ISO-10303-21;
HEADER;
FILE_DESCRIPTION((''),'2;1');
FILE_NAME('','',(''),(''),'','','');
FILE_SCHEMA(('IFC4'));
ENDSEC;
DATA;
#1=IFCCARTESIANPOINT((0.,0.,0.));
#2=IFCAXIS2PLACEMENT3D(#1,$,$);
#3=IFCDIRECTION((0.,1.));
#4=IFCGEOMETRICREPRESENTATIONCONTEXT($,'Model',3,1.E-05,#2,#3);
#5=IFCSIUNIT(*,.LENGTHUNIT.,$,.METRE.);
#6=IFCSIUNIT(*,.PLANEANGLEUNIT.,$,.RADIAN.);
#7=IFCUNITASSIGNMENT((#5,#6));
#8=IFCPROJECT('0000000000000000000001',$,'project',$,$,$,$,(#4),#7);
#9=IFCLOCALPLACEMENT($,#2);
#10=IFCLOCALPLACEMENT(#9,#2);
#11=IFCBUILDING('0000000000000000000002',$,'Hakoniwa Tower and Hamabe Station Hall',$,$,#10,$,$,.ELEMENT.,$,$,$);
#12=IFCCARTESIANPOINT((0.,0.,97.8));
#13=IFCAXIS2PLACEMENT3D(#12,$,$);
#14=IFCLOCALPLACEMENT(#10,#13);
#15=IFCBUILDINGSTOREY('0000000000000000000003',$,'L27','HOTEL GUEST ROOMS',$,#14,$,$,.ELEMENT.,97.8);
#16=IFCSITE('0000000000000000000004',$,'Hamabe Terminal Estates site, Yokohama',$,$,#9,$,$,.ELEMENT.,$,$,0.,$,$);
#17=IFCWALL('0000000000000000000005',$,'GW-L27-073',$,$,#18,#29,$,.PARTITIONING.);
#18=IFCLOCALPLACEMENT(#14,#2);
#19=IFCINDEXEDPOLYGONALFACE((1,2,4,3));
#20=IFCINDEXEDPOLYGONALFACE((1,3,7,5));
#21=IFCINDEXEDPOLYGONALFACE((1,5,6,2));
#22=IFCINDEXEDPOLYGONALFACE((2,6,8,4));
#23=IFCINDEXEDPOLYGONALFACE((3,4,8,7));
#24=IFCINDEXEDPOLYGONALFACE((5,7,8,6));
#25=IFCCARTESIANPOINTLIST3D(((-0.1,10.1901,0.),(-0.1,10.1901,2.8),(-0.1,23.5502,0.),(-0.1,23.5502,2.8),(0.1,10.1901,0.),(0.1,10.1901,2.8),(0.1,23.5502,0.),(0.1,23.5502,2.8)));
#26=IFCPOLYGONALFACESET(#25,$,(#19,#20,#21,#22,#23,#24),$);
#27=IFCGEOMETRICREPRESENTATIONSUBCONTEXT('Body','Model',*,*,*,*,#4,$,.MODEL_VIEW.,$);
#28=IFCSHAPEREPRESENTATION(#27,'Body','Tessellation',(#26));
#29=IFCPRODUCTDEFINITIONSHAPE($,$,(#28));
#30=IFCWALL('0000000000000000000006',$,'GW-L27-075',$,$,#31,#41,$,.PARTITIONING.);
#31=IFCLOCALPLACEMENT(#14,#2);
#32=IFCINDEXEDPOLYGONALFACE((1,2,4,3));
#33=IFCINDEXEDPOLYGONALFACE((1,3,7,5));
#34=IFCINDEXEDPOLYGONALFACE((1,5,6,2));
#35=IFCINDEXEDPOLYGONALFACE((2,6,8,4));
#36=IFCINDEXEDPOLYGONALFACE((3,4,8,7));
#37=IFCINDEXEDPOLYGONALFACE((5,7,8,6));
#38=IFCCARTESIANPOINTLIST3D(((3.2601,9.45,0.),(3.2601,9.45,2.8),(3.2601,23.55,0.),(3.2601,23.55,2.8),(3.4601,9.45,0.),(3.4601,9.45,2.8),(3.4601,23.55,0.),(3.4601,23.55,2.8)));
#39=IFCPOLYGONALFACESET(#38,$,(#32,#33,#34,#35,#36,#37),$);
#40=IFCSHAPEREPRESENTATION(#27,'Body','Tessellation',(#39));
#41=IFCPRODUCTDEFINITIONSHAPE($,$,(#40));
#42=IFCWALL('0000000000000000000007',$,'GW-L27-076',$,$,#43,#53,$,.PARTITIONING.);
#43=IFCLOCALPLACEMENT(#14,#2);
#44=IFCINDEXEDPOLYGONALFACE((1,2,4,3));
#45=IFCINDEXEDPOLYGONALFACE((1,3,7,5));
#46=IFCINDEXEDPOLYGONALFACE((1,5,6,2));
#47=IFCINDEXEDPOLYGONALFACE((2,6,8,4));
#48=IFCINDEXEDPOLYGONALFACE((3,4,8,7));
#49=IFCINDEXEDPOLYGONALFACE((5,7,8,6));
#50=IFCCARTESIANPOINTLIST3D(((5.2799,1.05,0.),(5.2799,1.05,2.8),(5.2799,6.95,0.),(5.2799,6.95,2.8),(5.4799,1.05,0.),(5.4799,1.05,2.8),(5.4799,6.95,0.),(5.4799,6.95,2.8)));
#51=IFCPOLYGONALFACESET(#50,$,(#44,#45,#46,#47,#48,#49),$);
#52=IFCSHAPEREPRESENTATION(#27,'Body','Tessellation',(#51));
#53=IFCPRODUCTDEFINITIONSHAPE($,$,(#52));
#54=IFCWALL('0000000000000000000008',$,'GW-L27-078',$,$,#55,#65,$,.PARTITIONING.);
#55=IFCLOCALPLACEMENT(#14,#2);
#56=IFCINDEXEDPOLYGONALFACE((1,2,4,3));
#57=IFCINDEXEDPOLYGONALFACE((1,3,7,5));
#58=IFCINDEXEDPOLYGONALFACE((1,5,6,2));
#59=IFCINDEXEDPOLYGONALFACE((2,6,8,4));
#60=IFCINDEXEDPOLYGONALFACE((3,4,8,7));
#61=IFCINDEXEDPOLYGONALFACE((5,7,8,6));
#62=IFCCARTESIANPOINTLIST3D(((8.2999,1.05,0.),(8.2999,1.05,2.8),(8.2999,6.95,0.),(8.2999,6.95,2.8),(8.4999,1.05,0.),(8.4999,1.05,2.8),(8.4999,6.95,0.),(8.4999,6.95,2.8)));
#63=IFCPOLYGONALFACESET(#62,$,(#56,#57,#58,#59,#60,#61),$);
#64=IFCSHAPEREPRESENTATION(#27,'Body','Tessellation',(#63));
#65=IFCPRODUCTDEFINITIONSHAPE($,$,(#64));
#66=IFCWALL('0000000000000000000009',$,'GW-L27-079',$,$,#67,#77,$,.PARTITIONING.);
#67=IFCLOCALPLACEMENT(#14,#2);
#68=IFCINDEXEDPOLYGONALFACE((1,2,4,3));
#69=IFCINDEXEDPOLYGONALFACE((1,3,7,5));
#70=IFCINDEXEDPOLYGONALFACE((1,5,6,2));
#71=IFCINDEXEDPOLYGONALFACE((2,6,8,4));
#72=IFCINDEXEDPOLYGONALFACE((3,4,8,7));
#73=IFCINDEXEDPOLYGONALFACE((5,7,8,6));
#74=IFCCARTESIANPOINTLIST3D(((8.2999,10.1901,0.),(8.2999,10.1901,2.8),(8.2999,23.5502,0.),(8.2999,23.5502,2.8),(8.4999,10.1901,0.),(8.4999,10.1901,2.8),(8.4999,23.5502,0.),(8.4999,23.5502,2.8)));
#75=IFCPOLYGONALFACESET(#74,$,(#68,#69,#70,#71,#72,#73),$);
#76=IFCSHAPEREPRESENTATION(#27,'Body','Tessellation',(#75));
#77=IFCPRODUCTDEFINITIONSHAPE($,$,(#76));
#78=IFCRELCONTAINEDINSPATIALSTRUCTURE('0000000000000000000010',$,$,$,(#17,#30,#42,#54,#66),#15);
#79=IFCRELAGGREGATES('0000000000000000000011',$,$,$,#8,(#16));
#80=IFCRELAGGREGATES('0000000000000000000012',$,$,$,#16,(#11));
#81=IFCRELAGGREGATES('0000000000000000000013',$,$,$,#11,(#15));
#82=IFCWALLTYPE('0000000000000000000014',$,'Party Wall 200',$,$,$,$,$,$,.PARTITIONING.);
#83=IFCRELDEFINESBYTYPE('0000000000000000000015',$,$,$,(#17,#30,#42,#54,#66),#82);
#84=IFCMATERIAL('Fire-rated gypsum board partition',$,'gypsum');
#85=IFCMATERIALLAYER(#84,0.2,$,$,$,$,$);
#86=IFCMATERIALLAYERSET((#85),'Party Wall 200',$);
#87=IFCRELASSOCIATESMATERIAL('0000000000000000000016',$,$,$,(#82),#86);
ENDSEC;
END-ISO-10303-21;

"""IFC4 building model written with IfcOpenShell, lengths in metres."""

from ifc_helpers import new_model, si_unit, direction, frame, frame_2d, origin, place, context, subcontext, project, spatial, rectangle, extrude, material, layer, layer_set, type_object, element, save


model = new_model("IFC4")

# Units and contexts
model_context = context("Model", 3, precision=1e-05, world=origin(), true_north=direction((0.0, 1.0)))
body_context = subcontext(model_context, "Body", "Model", "MODEL_VIEW")
ifc_project = project(units=[si_unit("LENGTHUNIT", "METRE"), si_unit("PLANEANGLEUNIT", "RADIAN")], contexts=[model_context])

# Site, building, storey
site_placement = place(None, origin())
site = spatial("IfcSite", under=ifc_project, at=site_placement, Name="Hamabe Terminal Estates site, Yokohama", CompositionType="ELEMENT", RefElevation=0.0)
building_placement = place(site_placement, origin())
building = spatial("IfcBuilding", under=site, at=building_placement, Name="Hakoniwa Tower and Hamabe Station Hall", CompositionType="ELEMENT")
storey_placement = place(building_placement, frame((0.0, 0.0, 97.8)))
storey = spatial("IfcBuildingStorey", under=building, at=storey_placement, Name="L27", Description="HOTEL GUEST ROOMS", CompositionType="ELEMENT", Elevation=97.8)

# Walls
ifc_material_1 = material(Name="Fire-rated gypsum board partition", Category="gypsum")
ifc_layer_1 = layer(ifc_material_1, 0.2)
ifc_layer_set_1 = layer_set([ifc_layer_1], Name="Party Wall 200")
wall_type = type_object("IfcWallType", Name="Party Wall 200", PredefinedType="PARTITIONING", material=ifc_layer_set_1)
wall_1_placement = place(storey_placement, frame((0.0, 10.1899, 0.0), z_axis=(0.0, 0.0, 1.0), x_axis=(0.0, 1.0, 0.0)))
element("IfcWall", 1, at=wall_1_placement, inside=storey, type_object=wall_type, Name="GW-L27-073", PredefinedType="PARTITIONING", context=body_context, shape_type="SweptSolid", body=[
    extrude(rectangle(XDim=13.3601, YDim=0.2, at=frame_2d((6.6802, 0.0))), origin(), (0.0, 0.0, 1.0), 2.8),
])
wall_2_placement = place(storey_placement, frame((3.3601, 9.45, 0.0), z_axis=(0.0, 0.0, 1.0), x_axis=(0.0, 1.0, 0.0)))
element("IfcWall", 2, at=wall_2_placement, inside=storey, type_object=wall_type, Name="GW-L27-075", PredefinedType="PARTITIONING", context=body_context, shape_type="SweptSolid", body=[
    extrude(rectangle(XDim=14.1001, YDim=0.2, at=frame_2d((7.05, 0.0))), origin(), (0.0, 0.0, 1.0), 2.8),
])
for number, where, z_axis, x_axis, name in (
    (3, (5.3799, 1.05, 0.0), (0.0, 0.0, 1.0), (0.0, 1.0, 0.0), "GW-L27-076"),
    (4, (8.3999, 1.05, 0.0), (0.0, 0.0, 1.0), (0.0, 1.0, 0.0), "GW-L27-078"),
):
    element("IfcWall", number, at=place(storey_placement, frame(where, z_axis=z_axis, x_axis=x_axis)), inside=storey, type_object=wall_type, Name=name, PredefinedType="PARTITIONING", context=body_context, shape_type="SweptSolid", body=[
        extrude(rectangle(XDim=5.8999, YDim=0.2, at=frame_2d((2.95, 0.0))), origin(), (0.0, 0.0, 1.0), 2.8),
    ])
wall_3_placement = place(storey_placement, frame((8.3999, 10.1899, 0.0), z_axis=(0.0, 0.0, 1.0), x_axis=(0.0, 1.0, 0.0)))
element("IfcWall", 5, at=wall_3_placement, inside=storey, type_object=wall_type, Name="GW-L27-079", PredefinedType="PARTITIONING", context=body_context, shape_type="SweptSolid", body=[
    extrude(rectangle(XDim=13.3601, YDim=0.2, at=frame_2d((6.6802, 0.0))), origin(), (0.0, 0.0, 1.0), 2.8),
])

save(model, "model.ifc")
